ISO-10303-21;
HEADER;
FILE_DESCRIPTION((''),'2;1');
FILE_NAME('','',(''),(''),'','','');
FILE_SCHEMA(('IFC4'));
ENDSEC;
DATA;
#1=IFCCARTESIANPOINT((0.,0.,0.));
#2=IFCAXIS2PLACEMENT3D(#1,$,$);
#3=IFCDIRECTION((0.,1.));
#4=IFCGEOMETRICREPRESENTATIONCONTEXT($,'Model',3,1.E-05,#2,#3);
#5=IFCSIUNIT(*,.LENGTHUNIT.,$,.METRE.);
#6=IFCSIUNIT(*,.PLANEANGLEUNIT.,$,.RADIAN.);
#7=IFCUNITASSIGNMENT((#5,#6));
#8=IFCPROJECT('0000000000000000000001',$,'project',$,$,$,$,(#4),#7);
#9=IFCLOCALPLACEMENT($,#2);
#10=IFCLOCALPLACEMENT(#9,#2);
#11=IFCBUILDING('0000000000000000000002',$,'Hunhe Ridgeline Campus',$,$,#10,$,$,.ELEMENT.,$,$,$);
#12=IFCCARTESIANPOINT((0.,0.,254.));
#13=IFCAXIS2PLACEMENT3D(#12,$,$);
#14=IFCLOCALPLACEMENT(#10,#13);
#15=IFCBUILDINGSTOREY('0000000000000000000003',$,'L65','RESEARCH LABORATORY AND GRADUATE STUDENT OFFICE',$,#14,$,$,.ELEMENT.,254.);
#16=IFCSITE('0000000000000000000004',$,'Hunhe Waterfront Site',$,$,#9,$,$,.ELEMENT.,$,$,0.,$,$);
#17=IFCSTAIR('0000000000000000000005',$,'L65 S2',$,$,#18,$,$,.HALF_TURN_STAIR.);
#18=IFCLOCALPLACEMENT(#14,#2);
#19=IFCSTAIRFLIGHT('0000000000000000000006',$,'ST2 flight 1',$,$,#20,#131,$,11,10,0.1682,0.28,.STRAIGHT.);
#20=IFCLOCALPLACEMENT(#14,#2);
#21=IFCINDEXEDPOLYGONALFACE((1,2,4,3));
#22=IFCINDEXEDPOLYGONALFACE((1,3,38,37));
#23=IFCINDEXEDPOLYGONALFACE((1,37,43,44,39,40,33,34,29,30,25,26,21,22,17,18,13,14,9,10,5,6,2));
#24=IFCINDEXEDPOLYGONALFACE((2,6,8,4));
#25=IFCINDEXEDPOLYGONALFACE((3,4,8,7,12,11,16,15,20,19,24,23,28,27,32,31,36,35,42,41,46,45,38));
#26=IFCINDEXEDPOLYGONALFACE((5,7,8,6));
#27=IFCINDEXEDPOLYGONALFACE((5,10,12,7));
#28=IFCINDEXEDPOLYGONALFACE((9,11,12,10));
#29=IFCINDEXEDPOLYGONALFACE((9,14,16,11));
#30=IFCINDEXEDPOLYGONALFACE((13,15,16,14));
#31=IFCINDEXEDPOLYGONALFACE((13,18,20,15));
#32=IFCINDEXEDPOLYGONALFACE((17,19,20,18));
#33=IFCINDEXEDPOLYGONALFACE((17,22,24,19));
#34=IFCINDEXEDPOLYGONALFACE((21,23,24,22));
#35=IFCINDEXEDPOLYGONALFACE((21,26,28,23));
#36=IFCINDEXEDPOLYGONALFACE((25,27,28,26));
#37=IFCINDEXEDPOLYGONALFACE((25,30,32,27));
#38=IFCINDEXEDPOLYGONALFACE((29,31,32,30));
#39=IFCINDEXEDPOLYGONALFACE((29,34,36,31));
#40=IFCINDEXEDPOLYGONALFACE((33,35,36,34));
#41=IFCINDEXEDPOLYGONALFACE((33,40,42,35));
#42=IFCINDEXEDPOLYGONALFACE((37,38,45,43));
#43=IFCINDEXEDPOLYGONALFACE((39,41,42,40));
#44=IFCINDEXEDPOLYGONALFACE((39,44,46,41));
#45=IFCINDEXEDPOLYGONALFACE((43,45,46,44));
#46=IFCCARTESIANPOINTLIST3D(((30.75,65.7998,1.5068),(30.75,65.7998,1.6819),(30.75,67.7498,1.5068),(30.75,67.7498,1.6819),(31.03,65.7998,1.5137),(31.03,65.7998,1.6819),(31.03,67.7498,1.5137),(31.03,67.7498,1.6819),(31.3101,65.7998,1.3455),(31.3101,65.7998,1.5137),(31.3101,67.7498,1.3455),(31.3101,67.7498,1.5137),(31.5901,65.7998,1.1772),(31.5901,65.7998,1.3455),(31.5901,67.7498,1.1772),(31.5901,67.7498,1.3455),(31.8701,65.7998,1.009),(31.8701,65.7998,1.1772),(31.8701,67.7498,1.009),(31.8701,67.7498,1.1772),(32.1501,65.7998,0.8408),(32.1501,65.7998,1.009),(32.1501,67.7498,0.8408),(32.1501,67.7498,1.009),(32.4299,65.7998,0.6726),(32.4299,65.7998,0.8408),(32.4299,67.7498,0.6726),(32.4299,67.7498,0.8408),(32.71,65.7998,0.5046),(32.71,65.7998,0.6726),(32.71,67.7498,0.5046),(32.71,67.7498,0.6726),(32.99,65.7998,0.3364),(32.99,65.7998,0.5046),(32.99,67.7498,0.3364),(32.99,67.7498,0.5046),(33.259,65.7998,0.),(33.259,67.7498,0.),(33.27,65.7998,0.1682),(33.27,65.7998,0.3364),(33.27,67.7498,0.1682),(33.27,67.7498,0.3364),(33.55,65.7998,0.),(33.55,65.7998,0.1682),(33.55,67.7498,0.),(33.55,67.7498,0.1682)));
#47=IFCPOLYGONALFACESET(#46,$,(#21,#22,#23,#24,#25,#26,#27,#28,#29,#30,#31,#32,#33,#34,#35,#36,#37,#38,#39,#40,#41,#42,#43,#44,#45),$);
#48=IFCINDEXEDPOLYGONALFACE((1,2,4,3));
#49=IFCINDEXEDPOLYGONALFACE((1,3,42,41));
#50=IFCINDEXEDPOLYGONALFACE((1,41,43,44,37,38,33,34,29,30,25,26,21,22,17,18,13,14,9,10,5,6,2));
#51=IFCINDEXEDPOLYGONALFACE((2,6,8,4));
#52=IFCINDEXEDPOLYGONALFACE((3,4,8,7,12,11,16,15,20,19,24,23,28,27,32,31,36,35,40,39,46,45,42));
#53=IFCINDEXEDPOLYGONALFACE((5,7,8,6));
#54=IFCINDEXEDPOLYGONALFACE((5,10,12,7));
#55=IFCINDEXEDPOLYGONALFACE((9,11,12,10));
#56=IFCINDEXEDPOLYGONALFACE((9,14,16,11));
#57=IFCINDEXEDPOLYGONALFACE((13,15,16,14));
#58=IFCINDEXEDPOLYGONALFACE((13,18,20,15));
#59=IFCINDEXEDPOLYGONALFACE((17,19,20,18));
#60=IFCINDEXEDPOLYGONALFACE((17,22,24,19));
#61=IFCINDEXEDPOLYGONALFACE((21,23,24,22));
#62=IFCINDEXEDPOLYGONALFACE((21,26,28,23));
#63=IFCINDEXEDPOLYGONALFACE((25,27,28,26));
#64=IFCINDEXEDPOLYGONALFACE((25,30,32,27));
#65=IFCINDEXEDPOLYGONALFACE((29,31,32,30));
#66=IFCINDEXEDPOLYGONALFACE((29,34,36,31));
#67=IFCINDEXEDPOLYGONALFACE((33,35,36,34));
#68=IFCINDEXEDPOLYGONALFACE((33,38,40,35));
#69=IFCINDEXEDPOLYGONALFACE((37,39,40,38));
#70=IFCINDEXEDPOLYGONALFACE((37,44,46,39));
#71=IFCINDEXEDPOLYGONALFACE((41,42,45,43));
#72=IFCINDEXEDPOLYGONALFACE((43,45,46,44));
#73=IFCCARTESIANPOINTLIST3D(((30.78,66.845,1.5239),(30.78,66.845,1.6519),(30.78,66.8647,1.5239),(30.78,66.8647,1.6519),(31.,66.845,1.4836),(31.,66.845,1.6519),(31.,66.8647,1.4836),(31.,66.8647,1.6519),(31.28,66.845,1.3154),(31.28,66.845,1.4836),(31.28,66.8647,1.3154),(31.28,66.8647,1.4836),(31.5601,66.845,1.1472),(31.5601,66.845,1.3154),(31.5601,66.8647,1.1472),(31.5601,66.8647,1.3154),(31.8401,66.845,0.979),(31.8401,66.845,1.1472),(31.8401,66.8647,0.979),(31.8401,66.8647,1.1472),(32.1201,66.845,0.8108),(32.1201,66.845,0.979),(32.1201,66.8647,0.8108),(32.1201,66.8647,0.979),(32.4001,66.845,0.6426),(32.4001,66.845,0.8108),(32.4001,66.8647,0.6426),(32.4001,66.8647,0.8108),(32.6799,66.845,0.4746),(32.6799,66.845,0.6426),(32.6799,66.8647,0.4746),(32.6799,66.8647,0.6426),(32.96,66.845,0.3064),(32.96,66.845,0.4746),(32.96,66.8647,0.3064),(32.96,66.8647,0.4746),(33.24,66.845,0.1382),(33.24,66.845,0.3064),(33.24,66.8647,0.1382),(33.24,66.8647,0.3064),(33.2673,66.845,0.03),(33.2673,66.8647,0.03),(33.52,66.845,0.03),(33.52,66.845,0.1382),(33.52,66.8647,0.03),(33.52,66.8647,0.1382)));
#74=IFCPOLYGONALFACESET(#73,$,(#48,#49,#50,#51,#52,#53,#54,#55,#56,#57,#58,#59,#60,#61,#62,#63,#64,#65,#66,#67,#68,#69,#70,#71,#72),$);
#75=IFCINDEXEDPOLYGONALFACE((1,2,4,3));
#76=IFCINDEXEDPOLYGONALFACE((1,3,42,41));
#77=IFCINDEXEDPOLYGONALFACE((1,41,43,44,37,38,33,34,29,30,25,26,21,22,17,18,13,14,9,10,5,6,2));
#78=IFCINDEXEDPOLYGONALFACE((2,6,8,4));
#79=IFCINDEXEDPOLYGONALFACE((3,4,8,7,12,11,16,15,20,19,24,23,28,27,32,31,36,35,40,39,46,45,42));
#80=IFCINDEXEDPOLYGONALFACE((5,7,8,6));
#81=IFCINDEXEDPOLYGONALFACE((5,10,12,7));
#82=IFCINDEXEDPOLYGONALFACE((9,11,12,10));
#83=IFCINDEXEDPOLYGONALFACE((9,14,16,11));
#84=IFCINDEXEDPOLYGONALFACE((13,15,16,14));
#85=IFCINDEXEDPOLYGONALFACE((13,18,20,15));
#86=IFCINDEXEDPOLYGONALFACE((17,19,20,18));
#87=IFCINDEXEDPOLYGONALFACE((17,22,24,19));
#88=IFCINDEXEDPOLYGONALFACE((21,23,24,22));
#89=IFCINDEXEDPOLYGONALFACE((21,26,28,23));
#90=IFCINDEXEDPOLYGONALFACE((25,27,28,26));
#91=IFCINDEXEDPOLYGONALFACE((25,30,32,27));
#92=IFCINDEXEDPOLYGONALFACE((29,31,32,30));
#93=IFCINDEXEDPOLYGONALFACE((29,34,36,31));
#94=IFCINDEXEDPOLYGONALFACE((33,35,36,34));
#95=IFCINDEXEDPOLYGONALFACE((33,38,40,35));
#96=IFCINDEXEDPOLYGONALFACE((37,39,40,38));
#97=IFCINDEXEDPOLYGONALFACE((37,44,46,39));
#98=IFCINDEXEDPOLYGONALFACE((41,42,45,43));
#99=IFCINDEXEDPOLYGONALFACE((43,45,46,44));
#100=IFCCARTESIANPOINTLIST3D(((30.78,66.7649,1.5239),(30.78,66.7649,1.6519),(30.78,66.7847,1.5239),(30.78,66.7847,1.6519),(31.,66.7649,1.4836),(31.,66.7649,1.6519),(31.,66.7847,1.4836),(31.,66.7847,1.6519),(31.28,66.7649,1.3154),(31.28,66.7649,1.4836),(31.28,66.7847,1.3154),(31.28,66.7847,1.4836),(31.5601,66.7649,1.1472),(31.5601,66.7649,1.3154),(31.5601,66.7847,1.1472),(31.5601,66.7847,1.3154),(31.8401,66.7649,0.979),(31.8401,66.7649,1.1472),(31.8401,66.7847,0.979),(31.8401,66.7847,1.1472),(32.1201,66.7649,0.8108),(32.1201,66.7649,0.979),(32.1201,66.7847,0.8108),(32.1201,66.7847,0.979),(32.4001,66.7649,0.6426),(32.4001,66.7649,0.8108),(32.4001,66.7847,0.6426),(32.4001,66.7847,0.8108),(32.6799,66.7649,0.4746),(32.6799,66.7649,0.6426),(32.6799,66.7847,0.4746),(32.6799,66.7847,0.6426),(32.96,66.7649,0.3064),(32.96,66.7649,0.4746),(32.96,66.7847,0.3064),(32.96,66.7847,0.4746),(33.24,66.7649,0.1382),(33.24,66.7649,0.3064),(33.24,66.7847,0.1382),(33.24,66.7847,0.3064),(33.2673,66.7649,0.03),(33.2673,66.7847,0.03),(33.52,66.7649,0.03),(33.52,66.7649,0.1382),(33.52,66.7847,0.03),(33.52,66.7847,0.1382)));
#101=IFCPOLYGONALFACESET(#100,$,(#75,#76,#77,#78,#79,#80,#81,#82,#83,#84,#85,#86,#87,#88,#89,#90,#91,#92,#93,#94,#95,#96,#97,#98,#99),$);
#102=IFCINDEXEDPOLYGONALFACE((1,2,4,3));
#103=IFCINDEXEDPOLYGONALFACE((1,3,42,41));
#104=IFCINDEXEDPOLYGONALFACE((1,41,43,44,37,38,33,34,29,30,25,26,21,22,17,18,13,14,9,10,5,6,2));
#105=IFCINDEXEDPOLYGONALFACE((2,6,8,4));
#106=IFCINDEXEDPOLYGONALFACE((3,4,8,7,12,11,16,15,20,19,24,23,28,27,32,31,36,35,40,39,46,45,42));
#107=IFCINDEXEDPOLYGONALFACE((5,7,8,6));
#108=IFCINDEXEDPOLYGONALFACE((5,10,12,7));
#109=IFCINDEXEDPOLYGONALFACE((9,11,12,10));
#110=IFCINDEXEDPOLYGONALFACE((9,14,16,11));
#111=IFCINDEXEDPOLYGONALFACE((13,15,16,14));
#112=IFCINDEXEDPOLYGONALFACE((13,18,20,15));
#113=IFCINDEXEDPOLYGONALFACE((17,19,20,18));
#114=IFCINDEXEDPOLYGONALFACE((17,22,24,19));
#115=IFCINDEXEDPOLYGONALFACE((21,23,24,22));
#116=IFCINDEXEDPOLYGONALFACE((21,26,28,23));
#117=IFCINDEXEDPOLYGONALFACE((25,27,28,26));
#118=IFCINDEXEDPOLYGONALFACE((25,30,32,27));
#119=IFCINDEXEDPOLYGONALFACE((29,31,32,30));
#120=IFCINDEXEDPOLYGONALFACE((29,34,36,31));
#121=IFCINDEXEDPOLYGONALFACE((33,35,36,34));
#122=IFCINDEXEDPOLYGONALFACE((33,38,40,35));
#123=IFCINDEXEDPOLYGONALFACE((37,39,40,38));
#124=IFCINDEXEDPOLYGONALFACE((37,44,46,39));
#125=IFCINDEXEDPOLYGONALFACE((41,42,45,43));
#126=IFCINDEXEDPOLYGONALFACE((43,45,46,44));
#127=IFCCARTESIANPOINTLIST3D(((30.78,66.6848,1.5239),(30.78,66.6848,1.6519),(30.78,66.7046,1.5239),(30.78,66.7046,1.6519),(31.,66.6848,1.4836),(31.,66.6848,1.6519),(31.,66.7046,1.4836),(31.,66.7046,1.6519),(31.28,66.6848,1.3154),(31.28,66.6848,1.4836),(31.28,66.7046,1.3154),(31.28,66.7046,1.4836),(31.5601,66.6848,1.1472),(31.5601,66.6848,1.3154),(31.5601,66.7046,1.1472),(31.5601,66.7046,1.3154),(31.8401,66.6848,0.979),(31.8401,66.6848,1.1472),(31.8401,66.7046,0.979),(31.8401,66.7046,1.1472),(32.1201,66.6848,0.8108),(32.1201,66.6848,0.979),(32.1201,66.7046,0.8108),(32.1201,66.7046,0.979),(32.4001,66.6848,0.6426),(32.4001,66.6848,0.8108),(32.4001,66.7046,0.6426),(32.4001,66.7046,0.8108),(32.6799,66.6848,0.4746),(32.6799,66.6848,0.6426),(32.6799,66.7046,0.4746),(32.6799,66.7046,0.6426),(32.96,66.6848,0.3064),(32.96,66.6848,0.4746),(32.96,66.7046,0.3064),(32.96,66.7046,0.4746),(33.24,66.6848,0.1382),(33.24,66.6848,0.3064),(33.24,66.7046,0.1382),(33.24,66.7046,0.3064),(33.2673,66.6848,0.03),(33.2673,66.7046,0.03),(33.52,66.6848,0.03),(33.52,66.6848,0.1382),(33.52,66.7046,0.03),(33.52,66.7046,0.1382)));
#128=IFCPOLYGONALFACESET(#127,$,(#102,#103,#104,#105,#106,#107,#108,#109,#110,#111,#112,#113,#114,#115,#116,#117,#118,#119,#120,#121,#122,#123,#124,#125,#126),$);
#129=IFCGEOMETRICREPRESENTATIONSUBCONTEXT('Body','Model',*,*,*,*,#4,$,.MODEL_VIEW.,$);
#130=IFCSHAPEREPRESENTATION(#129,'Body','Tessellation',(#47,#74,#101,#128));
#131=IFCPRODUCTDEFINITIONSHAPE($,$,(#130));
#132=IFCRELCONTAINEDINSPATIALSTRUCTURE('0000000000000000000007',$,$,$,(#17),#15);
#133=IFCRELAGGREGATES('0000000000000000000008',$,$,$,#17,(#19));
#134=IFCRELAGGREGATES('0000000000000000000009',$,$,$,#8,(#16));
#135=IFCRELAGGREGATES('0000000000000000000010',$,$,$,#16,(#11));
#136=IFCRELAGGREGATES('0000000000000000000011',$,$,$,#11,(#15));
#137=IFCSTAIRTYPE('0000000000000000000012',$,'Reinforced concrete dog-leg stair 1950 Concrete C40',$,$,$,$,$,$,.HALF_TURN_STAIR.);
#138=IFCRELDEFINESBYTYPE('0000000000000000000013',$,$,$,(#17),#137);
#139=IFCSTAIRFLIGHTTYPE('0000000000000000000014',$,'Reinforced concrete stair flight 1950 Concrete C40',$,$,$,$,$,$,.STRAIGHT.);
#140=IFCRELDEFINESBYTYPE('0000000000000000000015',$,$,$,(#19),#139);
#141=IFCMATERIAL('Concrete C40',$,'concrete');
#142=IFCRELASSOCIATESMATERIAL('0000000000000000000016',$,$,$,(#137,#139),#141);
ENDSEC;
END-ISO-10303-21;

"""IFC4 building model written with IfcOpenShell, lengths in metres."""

from ifc_helpers import new_model, si_unit, direction, frame, origin, place, context, subcontext, project, spatial, polyline, outline, extrude, material, type_object, element, aggregate, save


model = new_model("IFC4")

# Units and contexts
model_context = context("Model", 3, precision=1e-05, world=origin(), true_north=direction((0.0, 1.0)))
body_context = subcontext(model_context, "Body", "Model", "MODEL_VIEW")
ifc_project = project(units=[si_unit("LENGTHUNIT", "METRE"), si_unit("PLANEANGLEUNIT", "RADIAN")], contexts=[model_context])

# Site, building, storey
site_placement = place(None, origin())
site = spatial("IfcSite", under=ifc_project, at=site_placement, Name="Hunhe Waterfront Site", CompositionType="ELEMENT", RefElevation=0.0)
building_placement = place(site_placement, origin())
building = spatial("IfcBuilding", under=site, at=building_placement, Name="Hunhe Ridgeline Campus", CompositionType="ELEMENT")
storey_placement = place(building_placement, frame((0.0, 0.0, 254.0)))
storey = spatial("IfcBuildingStorey", under=building, at=storey_placement, Name="L65", Description="RESEARCH LABORATORY AND GRADUATE STUDENT OFFICE", CompositionType="ELEMENT", Elevation=254.0)

# Stair, stair flight
ifc_material_1 = material(Name="Concrete C40", Category="concrete")
stair_type = type_object("IfcStairType", Name="Reinforced concrete dog-leg stair 1950 Concrete C40", PredefinedType="HALF_TURN_STAIR", material=ifc_material_1)
stair_placement = place(storey_placement, origin())
stair = element("IfcStair", 1, at=stair_placement, inside=storey, type_object=stair_type, Name="L65 S2", PredefinedType="HALF_TURN_STAIR")
stair_flight_type = type_object("IfcStairFlightType", Name="Reinforced concrete stair flight 1950 Concrete C40", PredefinedType="STRAIGHT", material=ifc_material_1)
stair_flight_1_placement = place(storey_placement, frame((33.55, 66.7749, 0.0), z_axis=(0.0, 0.0, 1.0), x_axis=(-1.0, 0.0, 0.0)))
stair_flight_1 = element("IfcStairFlight", 2, at=stair_flight_1_placement, type_object=stair_flight_type, Name="ST2 flight 1", NumberOfRisers=11, NumberOfTreads=10, PredefinedType="STRAIGHT", RiserHeight=0.1682, TreadLength=0.28, context=body_context, shape_type="SweptSolid", body=[
    extrude(outline(polyline([(0.0, 0.0), (0.0, 0.1682), (0.28, 0.1682), (0.28, 0.3364), (0.5601, 0.3364), (0.5601, 0.5046), (0.8401, 0.5046), (0.8401, 0.6726), (1.1201, 0.6726), (1.1201, 0.8408), (1.3999, 0.8408), (1.3999, 1.009), (1.6799, 1.009), (1.6799, 1.1772), (1.96, 1.1772), (1.96, 1.3455), (2.24, 1.3455), (2.24, 1.5137), (2.52, 1.5137), (2.52, 1.6819), (2.8, 1.6819), (2.8, 1.8501), (2.8, 1.5068), (0.291, 0.0), (0.0, 0.0)])), frame((0.0, 0.9751, 0.0), z_axis=(0.0, -1.0, 0.0), x_axis=(1.0, 0.0, 0.0)), (0.0, 0.0, 1.0), 1.95),
    extrude(outline(polyline([(0.03, 0.03), (0.03, 0.1382), (0.3101, 0.1382), (0.3101, 0.3064), (0.5901, 0.3064), (0.5901, 0.4746), (0.8701, 0.4746), (0.8701, 0.6426), (1.1499, 0.6426), (1.1499, 0.8108), (1.4299, 0.8108), (1.4299, 0.979), (1.71, 0.979), (1.71, 1.1472), (1.99, 1.1472), (1.99, 1.3154), (2.27, 1.3154), (2.27, 1.4836), (2.55, 1.4836), (2.55, 1.6519), (2.77, 1.6519), (2.77, 1.5239), (0.2827, 0.03), (0.03, 0.03)])), frame((0.0, -0.0701, 0.0), z_axis=(0.0, -1.0, 0.0), x_axis=(1.0, 0.0, 0.0)), (0.0, 0.0, 1.0), 0.0198),
    extrude(outline(polyline([(0.03, 0.03), (0.03, 0.1382), (0.3101, 0.1382), (0.3101, 0.3064), (0.5901, 0.3064), (0.5901, 0.4746), (0.8701, 0.4746), (0.8701, 0.6426), (1.1499, 0.6426), (1.1499, 0.8108), (1.4299, 0.8108), (1.4299, 0.979), (1.71, 0.979), (1.71, 1.1472), (1.99, 1.1472), (1.99, 1.3154), (2.27, 1.3154), (2.27, 1.4836), (2.55, 1.4836), (2.55, 1.6519), (2.77, 1.6519), (2.77, 1.5239), (0.2827, 0.03), (0.03, 0.03)])), frame((0.0, 0.01, 0.0), z_axis=(0.0, -1.0, 0.0), x_axis=(1.0, 0.0, 0.0)), (0.0, 0.0, 1.0), 0.0198),
    extrude(outline(polyline([(0.03, 0.03), (0.03, 0.1382), (0.3101, 0.1382), (0.3101, 0.3064), (0.5901, 0.3064), (0.5901, 0.4746), (0.8701, 0.4746), (0.8701, 0.6426), (1.1499, 0.6426), (1.1499, 0.8108), (1.4299, 0.8108), (1.4299, 0.979), (1.71, 0.979), (1.71, 1.1472), (1.99, 1.1472), (1.99, 1.3154), (2.27, 1.3154), (2.27, 1.4836), (2.55, 1.4836), (2.55, 1.6519), (2.77, 1.6519), (2.77, 1.5239), (0.2827, 0.03), (0.03, 0.03)])), frame((0.0, 0.0901, 0.0), z_axis=(0.0, -1.0, 0.0), x_axis=(1.0, 0.0, 0.0)), (0.0, 0.0, 1.0), 0.0198),
])
aggregate(stair, [stair_flight_1])

save(model, "model.ifc")
